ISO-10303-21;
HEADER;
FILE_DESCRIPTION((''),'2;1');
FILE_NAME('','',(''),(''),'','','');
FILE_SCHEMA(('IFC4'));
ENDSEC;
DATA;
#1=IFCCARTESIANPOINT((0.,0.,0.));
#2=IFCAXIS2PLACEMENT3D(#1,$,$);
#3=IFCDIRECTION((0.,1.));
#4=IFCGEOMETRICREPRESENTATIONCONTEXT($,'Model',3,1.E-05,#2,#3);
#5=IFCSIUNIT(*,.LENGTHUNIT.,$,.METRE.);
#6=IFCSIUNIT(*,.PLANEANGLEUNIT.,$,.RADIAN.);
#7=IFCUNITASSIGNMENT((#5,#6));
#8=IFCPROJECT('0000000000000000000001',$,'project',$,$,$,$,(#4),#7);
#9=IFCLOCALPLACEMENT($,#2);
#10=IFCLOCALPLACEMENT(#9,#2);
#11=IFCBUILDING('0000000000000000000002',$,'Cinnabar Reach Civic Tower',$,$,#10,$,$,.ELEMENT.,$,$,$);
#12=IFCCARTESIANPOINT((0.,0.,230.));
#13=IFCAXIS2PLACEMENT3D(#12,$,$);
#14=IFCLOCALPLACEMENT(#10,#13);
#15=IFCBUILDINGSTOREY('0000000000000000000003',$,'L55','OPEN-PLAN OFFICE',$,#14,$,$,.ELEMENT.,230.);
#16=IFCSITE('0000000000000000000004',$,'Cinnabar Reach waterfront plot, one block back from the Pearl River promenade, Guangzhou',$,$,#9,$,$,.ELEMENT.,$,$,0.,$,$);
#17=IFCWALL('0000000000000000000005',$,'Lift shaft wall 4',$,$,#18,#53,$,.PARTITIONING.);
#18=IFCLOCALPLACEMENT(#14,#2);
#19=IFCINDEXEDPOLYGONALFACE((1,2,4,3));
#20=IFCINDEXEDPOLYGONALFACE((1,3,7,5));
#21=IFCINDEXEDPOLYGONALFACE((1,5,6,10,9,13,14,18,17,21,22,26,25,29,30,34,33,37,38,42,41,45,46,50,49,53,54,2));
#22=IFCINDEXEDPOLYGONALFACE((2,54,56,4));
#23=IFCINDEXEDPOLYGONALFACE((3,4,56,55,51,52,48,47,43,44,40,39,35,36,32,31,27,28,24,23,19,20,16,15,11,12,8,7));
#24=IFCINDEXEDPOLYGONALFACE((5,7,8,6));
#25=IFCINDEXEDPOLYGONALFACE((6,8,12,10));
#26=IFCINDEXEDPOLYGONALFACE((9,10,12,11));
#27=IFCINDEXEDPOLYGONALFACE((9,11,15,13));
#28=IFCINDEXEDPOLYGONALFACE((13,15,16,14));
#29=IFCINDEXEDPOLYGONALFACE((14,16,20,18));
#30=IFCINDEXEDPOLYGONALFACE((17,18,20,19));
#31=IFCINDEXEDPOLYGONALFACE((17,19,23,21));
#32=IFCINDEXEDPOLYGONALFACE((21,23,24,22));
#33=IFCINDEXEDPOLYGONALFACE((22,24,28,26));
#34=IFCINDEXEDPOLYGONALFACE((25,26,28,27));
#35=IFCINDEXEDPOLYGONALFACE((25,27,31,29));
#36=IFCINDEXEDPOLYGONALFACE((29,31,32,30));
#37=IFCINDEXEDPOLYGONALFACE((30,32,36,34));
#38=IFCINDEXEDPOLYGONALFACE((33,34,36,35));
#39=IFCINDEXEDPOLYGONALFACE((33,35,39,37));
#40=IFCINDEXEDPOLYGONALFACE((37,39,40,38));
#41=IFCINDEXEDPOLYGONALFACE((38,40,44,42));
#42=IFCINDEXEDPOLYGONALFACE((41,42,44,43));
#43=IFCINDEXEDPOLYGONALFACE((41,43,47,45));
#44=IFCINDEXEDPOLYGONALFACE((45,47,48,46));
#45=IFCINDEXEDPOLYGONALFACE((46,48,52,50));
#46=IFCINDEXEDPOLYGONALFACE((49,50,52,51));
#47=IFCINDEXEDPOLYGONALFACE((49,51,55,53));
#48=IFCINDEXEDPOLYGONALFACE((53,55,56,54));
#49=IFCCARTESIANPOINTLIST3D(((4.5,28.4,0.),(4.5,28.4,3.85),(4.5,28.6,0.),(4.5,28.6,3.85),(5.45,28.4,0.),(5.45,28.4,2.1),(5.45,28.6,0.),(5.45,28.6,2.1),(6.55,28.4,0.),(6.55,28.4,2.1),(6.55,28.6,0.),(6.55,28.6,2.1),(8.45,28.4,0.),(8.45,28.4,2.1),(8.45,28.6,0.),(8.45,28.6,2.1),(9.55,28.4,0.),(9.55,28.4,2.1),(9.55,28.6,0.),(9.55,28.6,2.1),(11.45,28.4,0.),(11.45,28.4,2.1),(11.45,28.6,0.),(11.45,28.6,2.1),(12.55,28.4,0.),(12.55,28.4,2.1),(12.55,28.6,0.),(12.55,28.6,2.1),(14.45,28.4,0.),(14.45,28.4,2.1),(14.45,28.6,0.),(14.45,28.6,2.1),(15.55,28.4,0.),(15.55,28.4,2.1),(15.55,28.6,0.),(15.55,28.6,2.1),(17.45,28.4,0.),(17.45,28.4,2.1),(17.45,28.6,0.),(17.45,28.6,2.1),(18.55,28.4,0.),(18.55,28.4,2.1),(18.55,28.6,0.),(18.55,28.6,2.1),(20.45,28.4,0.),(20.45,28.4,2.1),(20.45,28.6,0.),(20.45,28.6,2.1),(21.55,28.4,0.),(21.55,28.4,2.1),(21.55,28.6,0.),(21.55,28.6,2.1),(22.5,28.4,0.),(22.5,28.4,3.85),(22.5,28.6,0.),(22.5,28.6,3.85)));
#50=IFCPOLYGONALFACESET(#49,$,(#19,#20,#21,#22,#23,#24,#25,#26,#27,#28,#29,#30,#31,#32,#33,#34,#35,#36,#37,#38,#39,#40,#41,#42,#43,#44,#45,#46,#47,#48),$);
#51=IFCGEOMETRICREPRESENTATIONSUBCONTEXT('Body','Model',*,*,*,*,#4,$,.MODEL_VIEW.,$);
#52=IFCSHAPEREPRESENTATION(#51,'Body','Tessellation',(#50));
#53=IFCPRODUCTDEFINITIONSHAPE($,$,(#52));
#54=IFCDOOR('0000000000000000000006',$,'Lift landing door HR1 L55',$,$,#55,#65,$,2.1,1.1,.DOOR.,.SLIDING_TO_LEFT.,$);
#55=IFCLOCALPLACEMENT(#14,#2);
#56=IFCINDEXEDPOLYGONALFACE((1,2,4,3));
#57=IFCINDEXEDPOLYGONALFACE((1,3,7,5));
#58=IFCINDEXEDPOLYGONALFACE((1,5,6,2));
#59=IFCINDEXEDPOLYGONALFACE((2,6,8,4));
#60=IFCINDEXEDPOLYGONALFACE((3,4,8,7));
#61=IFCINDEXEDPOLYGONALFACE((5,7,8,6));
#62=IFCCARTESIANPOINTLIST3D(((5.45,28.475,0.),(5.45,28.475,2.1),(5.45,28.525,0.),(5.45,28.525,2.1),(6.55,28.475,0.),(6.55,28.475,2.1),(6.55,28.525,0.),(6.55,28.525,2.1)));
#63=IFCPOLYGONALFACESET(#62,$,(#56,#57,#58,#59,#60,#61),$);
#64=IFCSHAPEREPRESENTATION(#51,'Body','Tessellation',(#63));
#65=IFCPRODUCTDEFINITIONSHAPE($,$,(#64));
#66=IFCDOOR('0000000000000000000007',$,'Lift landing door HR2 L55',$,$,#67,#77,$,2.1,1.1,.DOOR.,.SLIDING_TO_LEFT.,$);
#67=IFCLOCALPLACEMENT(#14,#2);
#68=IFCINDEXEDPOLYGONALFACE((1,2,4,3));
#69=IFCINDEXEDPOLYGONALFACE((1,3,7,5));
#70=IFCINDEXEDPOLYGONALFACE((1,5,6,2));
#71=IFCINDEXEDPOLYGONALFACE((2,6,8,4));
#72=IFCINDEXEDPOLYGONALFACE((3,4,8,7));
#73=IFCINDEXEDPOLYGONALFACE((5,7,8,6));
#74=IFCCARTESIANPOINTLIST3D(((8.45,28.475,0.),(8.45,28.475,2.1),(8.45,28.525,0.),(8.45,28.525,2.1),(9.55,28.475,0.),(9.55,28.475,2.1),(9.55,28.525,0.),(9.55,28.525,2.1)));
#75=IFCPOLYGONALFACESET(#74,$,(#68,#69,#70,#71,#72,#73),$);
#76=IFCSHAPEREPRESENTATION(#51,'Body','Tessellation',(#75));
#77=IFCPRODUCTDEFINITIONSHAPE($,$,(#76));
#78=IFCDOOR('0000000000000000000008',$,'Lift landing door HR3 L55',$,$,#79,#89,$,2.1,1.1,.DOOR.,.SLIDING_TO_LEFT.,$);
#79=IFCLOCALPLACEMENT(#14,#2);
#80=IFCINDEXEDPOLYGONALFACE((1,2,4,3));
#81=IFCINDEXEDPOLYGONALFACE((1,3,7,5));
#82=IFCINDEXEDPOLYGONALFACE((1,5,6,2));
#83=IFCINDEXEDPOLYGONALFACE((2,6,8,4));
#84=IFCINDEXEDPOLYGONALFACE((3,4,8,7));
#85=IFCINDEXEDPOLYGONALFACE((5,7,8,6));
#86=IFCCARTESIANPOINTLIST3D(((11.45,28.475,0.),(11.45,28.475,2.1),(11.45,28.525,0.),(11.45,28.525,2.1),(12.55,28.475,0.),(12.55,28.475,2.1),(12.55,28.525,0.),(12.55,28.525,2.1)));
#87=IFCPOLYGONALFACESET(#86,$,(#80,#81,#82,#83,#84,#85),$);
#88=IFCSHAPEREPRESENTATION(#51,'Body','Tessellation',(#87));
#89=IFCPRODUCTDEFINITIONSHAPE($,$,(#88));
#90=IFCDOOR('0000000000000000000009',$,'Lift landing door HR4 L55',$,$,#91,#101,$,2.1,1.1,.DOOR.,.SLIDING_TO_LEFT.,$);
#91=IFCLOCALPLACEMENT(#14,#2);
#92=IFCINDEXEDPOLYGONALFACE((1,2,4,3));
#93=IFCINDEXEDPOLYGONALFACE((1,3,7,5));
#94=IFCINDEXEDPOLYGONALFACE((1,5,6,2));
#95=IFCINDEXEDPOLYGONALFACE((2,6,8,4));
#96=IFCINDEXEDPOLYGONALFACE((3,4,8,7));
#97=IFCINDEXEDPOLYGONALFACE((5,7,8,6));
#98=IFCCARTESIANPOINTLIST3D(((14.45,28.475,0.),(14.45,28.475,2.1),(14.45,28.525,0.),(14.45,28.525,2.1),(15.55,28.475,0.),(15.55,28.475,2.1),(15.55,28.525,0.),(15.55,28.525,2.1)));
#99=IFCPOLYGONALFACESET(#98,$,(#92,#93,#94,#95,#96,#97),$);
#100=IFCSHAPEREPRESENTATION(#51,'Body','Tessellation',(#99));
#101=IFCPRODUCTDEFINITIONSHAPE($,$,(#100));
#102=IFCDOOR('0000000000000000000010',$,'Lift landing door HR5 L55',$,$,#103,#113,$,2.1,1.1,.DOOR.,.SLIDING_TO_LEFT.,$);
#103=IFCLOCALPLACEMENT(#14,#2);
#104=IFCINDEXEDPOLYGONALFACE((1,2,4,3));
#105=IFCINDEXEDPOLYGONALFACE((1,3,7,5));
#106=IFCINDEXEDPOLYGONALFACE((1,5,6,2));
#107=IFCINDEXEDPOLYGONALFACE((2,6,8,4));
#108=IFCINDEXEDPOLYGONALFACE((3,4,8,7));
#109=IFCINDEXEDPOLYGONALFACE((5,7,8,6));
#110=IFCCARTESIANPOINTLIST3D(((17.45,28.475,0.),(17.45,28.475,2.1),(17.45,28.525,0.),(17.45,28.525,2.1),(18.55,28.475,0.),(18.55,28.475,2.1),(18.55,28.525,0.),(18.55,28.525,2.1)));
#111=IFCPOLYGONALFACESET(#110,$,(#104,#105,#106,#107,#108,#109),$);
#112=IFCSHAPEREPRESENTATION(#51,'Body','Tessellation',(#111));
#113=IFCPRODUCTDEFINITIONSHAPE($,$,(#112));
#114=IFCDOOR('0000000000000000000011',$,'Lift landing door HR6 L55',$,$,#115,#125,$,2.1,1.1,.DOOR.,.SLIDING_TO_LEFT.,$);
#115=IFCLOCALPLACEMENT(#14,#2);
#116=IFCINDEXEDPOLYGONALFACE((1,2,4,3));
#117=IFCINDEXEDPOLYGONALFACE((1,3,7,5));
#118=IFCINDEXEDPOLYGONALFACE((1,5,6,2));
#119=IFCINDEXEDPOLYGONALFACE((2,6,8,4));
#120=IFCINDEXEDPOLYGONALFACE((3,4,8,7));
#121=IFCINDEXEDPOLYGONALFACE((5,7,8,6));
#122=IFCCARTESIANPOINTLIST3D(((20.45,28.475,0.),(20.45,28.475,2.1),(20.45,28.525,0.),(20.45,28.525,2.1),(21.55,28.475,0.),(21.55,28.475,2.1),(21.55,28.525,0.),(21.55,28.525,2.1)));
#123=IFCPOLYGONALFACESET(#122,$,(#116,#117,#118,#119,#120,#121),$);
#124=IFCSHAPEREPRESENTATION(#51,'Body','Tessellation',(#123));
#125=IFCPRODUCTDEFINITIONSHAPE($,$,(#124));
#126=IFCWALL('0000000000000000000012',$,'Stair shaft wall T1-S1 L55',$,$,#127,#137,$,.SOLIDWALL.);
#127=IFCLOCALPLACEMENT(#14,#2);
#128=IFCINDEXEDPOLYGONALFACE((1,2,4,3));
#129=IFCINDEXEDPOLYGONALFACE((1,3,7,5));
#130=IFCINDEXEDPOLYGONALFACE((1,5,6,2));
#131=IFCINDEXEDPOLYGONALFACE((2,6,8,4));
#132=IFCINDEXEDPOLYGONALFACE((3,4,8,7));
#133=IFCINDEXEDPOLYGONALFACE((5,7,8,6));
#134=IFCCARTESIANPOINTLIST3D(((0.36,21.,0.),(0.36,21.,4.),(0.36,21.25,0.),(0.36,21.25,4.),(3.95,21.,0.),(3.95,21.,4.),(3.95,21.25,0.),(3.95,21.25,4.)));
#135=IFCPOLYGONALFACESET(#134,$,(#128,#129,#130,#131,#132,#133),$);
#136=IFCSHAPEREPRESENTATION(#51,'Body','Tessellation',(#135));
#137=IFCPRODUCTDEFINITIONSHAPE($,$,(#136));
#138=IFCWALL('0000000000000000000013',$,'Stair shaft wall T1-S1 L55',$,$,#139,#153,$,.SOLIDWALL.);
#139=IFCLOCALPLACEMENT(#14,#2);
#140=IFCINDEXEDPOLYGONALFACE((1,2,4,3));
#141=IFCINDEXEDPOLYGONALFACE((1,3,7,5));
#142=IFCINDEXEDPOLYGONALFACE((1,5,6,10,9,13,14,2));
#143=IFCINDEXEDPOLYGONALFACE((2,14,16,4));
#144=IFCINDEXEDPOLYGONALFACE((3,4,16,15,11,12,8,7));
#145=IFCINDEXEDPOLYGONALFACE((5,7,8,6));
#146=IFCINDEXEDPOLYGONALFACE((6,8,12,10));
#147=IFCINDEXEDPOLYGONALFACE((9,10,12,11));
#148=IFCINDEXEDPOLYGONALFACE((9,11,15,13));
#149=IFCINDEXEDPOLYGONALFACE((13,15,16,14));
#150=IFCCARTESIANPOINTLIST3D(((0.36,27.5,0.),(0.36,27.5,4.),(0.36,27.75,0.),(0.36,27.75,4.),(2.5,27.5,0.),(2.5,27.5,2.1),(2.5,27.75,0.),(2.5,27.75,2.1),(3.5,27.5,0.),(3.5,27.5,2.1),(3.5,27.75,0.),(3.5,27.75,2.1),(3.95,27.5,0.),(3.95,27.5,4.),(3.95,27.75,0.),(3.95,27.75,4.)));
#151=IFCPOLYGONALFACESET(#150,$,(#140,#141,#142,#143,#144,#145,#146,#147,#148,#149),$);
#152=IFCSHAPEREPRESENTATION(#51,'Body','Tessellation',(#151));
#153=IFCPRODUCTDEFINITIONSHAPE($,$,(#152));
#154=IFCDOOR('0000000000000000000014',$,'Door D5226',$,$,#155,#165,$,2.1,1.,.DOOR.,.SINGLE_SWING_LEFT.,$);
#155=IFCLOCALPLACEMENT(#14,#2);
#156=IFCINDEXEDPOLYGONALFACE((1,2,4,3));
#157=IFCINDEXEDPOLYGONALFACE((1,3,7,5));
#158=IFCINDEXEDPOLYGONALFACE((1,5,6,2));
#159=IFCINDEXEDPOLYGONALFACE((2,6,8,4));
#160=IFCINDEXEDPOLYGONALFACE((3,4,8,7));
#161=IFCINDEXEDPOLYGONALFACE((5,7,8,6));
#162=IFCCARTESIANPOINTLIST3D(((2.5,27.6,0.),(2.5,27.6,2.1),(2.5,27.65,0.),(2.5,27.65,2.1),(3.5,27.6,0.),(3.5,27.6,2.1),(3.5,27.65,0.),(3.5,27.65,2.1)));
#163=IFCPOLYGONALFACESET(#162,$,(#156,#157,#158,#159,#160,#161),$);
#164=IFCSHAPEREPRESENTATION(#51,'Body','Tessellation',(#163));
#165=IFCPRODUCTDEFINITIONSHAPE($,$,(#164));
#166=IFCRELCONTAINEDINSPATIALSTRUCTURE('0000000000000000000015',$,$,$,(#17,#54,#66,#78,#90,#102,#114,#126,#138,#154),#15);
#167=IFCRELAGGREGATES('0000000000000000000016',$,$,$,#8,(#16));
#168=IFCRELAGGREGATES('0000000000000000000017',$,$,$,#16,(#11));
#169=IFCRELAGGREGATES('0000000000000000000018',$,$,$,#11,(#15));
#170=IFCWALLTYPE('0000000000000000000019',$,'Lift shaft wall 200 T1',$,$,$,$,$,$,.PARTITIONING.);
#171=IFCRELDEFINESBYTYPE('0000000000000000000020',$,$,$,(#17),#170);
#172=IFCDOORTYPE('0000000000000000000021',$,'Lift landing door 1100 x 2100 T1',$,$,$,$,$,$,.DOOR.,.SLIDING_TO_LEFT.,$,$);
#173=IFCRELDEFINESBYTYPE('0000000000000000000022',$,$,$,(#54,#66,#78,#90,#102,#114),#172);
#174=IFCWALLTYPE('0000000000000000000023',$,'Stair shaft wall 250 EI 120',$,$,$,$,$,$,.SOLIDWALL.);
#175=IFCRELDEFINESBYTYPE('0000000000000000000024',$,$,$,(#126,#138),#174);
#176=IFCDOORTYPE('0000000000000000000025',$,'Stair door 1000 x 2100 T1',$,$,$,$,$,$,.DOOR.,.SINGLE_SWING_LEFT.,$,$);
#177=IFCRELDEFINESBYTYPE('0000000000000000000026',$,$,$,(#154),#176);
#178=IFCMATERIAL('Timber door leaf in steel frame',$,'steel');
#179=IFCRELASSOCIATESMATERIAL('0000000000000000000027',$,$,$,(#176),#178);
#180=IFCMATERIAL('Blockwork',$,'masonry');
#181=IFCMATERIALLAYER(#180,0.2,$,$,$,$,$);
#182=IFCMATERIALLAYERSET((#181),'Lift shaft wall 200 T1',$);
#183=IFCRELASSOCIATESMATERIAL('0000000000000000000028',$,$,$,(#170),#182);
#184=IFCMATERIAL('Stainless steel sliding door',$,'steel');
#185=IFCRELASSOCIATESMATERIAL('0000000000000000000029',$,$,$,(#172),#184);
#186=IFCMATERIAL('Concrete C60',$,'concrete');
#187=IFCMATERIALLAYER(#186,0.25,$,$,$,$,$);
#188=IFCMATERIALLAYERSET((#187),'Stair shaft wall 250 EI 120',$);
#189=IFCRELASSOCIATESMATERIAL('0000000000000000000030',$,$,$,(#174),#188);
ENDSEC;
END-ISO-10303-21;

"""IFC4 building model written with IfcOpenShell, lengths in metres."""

from ifc_helpers import new_model, si_unit, direction, frame, frame_2d, origin, place, context, subcontext, project, spatial, rectangle, extrude, material, layer, layer_set, type_object, element, fill, save


model = new_model("IFC4")

# Units and contexts
model_context = context("Model", 3, precision=1e-05, world=origin(), true_north=direction((0.0, 1.0)))
body_context = subcontext(model_context, "Body", "Model", "MODEL_VIEW")
ifc_project = project(units=[si_unit("LENGTHUNIT", "METRE"), si_unit("PLANEANGLEUNIT", "RADIAN")], contexts=[model_context])

# Site, building, storey
site_placement = place(None, origin())
site = spatial("IfcSite", under=ifc_project, at=site_placement, Name="Cinnabar Reach waterfront plot, one block back from the Pearl River promenade, Guangzhou", CompositionType="ELEMENT", RefElevation=0.0)
building_placement = place(site_placement, origin())
building = spatial("IfcBuilding", under=site, at=building_placement, Name="Cinnabar Reach Civic Tower", CompositionType="ELEMENT")
storey_placement = place(building_placement, frame((0.0, 0.0, 230.0)))
storey = spatial("IfcBuildingStorey", under=building, at=storey_placement, Name="L55", Description="OPEN-PLAN OFFICE", CompositionType="ELEMENT", Elevation=230.0)

# Shared definitions
ifc_material_1 = material(Name="Concrete C60", Category="concrete")

# Shared definitions
ifc_material_2 = material(Name="Timber door leaf in steel frame", Category="steel")
door_type_1 = type_object("IfcDoorType", Name="Stair door 1000 x 2100 T1", OperationType="SINGLE_SWING_LEFT", PredefinedType="DOOR", material=ifc_material_2)

# Wall, openings, doors
ifc_material_3 = material(Name="Blockwork", Category="masonry")
ifc_layer_1 = layer(ifc_material_3, 0.2)
ifc_layer_set_1 = layer_set([ifc_layer_1], Name="Lift shaft wall 200 T1")
wall_type_1 = type_object("IfcWallType", Name="Lift shaft wall 200 T1", PredefinedType="PARTITIONING", material=ifc_layer_set_1)
wall_1_placement = place(storey_placement, frame((4.5, 28.5, 0.0), z_axis=(0.0, 0.0, 1.0), x_axis=(1.0, 0.0, 0.0)))
wall_1 = element("IfcWall", 1, at=wall_1_placement, inside=storey, type_object=wall_type_1, Name="Lift shaft wall 4", PredefinedType="PARTITIONING", context=body_context, shape_type="SweptSolid", body=[
    extrude(rectangle(XDim=18.0, YDim=0.2, at=frame_2d((9.0, 0.0))), origin(), (0.0, 0.0, 1.0), 3.85),
])
opening_1_placement = place(wall_1_placement, frame((0.95, 0.0, 0.0)))
opening_1 = element("IfcOpeningElement", 2, at=opening_1_placement, cuts=wall_1, PredefinedType="OPENING", context=body_context, shape_type="SweptSolid", body=[
    extrude(rectangle(XDim=1.1, YDim=2.1, at=frame_2d((0.55, 1.05))), frame((0.0, 0.11, 0.0), z_axis=(0.0, -1.0, 0.0), x_axis=(1.0, 0.0, 0.0)), (0.0, 0.0, 1.0), 0.22),
])
opening_2_placement = place(wall_1_placement, frame((3.95, 0.0, 0.0)))
opening_2 = element("IfcOpeningElement", 3, at=opening_2_placement, cuts=wall_1, PredefinedType="OPENING", context=body_context, shape_type="SweptSolid", body=[
    extrude(rectangle(XDim=1.1, YDim=2.1, at=frame_2d((0.55, 1.05))), frame((0.0, 0.11, 0.0), z_axis=(0.0, -1.0, 0.0), x_axis=(1.0, 0.0, 0.0)), (0.0, 0.0, 1.0), 0.22),
])
opening_3_placement = place(wall_1_placement, frame((6.95, 0.0, 0.0)))
opening_3 = element("IfcOpeningElement", 4, at=opening_3_placement, cuts=wall_1, PredefinedType="OPENING", context=body_context, shape_type="SweptSolid", body=[
    extrude(rectangle(XDim=1.1, YDim=2.1, at=frame_2d((0.55, 1.05))), frame((0.0, 0.11, 0.0), z_axis=(0.0, -1.0, 0.0), x_axis=(1.0, 0.0, 0.0)), (0.0, 0.0, 1.0), 0.22),
])
opening_4_placement = place(wall_1_placement, frame((9.95, 0.0, 0.0)))
opening_4 = element("IfcOpeningElement", 5, at=opening_4_placement, cuts=wall_1, PredefinedType="OPENING", context=body_context, shape_type="SweptSolid", body=[
    extrude(rectangle(XDim=1.1, YDim=2.1, at=frame_2d((0.55, 1.05))), frame((0.0, 0.11, 0.0), z_axis=(0.0, -1.0, 0.0), x_axis=(1.0, 0.0, 0.0)), (0.0, 0.0, 1.0), 0.22),
])
opening_5_placement = place(wall_1_placement, frame((12.95, 0.0, 0.0)))
opening_5 = element("IfcOpeningElement", 6, at=opening_5_placement, cuts=wall_1, PredefinedType="OPENING", context=body_context, shape_type="SweptSolid", body=[
    extrude(rectangle(XDim=1.1, YDim=2.1, at=frame_2d((0.55, 1.05))), frame((0.0, 0.11, 0.0), z_axis=(0.0, -1.0, 0.0), x_axis=(1.0, 0.0, 0.0)), (0.0, 0.0, 1.0), 0.22),
])
opening_6_placement = place(wall_1_placement, frame((15.95, 0.0, 0.0)))
opening_6 = element("IfcOpeningElement", 7, at=opening_6_placement, cuts=wall_1, PredefinedType="OPENING", context=body_context, shape_type="SweptSolid", body=[
    extrude(rectangle(XDim=1.1, YDim=2.1, at=frame_2d((0.55, 1.05))), frame((0.0, 0.11, 0.0), z_axis=(0.0, -1.0, 0.0), x_axis=(1.0, 0.0, 0.0)), (0.0, 0.0, 1.0), 0.22),
])
ifc_material_4 = material(Name="Stainless steel sliding door", Category="steel")
door_type_2 = type_object("IfcDoorType", Name="Lift landing door 1100 x 2100 T1", OperationType="SLIDING_TO_LEFT", PredefinedType="DOOR", material=ifc_material_4)
door_1_placement = place(opening_1_placement, origin())
door_1 = element("IfcDoor", 8, at=door_1_placement, inside=storey, type_object=door_type_2, Name="Lift landing door HR1 L55", OperationType="SLIDING_TO_LEFT", OverallHeight=2.1, OverallWidth=1.1, PredefinedType="DOOR", context=body_context, shape_type="SweptSolid", body=[
    extrude(rectangle(XDim=1.1, YDim=2.1, at=frame_2d((0.55, 1.05))), frame((0.0, 0.025, 0.0), z_axis=(0.0, -1.0, 0.0), x_axis=(1.0, 0.0, 0.0)), (0.0, 0.0, 1.0), 0.05),
])
fill(opening_1, door_1)
door_2_placement = place(opening_2_placement, origin())
door_2 = element("IfcDoor", 9, at=door_2_placement, inside=storey, type_object=door_type_2, Name="Lift landing door HR2 L55", OperationType="SLIDING_TO_LEFT", OverallHeight=2.1, OverallWidth=1.1, PredefinedType="DOOR", context=body_context, shape_type="SweptSolid", body=[
    extrude(rectangle(XDim=1.1, YDim=2.1, at=frame_2d((0.55, 1.05))), frame((0.0, 0.025, 0.0), z_axis=(0.0, -1.0, 0.0), x_axis=(1.0, 0.0, 0.0)), (0.0, 0.0, 1.0), 0.05),
])
fill(opening_2, door_2)
door_3_placement = place(opening_3_placement, origin())
door_3 = element("IfcDoor", 10, at=door_3_placement, inside=storey, type_object=door_type_2, Name="Lift landing door HR3 L55", OperationType="SLIDING_TO_LEFT", OverallHeight=2.1, OverallWidth=1.1, PredefinedType="DOOR", context=body_context, shape_type="SweptSolid", body=[
    extrude(rectangle(XDim=1.1, YDim=2.1, at=frame_2d((0.55, 1.05))), frame((0.0, 0.025, 0.0), z_axis=(0.0, -1.0, 0.0), x_axis=(1.0, 0.0, 0.0)), (0.0, 0.0, 1.0), 0.05),
])
fill(opening_3, door_3)
door_4_placement = place(opening_4_placement, origin())
door_4 = element("IfcDoor", 11, at=door_4_placement, inside=storey, type_object=door_type_2, Name="Lift landing door HR4 L55", OperationType="SLIDING_TO_LEFT", OverallHeight=2.1, OverallWidth=1.1, PredefinedType="DOOR", context=body_context, shape_type="SweptSolid", body=[
    extrude(rectangle(XDim=1.1, YDim=2.1, at=frame_2d((0.55, 1.05))), frame((0.0, 0.025, 0.0), z_axis=(0.0, -1.0, 0.0), x_axis=(1.0, 0.0, 0.0)), (0.0, 0.0, 1.0), 0.05),
])
fill(opening_4, door_4)
door_5_placement = place(opening_5_placement, origin())
door_5 = element("IfcDoor", 12, at=door_5_placement, inside=storey, type_object=door_type_2, Name="Lift landing door HR5 L55", OperationType="SLIDING_TO_LEFT", OverallHeight=2.1, OverallWidth=1.1, PredefinedType="DOOR", context=body_context, shape_type="SweptSolid", body=[
    extrude(rectangle(XDim=1.1, YDim=2.1, at=frame_2d((0.55, 1.05))), frame((0.0, 0.025, 0.0), z_axis=(0.0, -1.0, 0.0), x_axis=(1.0, 0.0, 0.0)), (0.0, 0.0, 1.0), 0.05),
])
fill(opening_5, door_5)
door_6_placement = place(opening_6_placement, origin())
door_6 = element("IfcDoor", 13, at=door_6_placement, inside=storey, type_object=door_type_2, Name="Lift landing door HR6 L55", OperationType="SLIDING_TO_LEFT", OverallHeight=2.1, OverallWidth=1.1, PredefinedType="DOOR", context=body_context, shape_type="SweptSolid", body=[
    extrude(rectangle(XDim=1.1, YDim=2.1, at=frame_2d((0.55, 1.05))), frame((0.0, 0.025, 0.0), z_axis=(0.0, -1.0, 0.0), x_axis=(1.0, 0.0, 0.0)), (0.0, 0.0, 1.0), 0.05),
])
fill(opening_6, door_6)

# Wall
ifc_layer_2 = layer(ifc_material_1, 0.25)
ifc_layer_set_2 = layer_set([ifc_layer_2], Name="Stair shaft wall 250 EI 120")
wall_type_2 = type_object("IfcWallType", Name="Stair shaft wall 250 EI 120", PredefinedType="SOLIDWALL", material=ifc_layer_set_2)
wall_2_placement = place(storey_placement, frame((0.36, 21.125, 0.0), z_axis=(0.0, 0.0, 1.0), x_axis=(1.0, 0.0, 0.0)))
element("IfcWall", 14, at=wall_2_placement, inside=storey, type_object=wall_type_2, Name="Stair shaft wall T1-S1 L55", PredefinedType="SOLIDWALL", context=body_context, shape_type="SweptSolid", body=[
    extrude(rectangle(XDim=3.59, YDim=0.25, at=frame_2d((1.795, 0.0))), origin(), (0.0, 0.0, 1.0), 4.0),
])

# Wall, opening, door
wall_3_placement = place(storey_placement, frame((3.95, 27.625, 0.0), z_axis=(0.0, 0.0, 1.0), x_axis=(-1.0, 0.0, 0.0)))
wall_3 = element("IfcWall", 15, at=wall_3_placement, inside=storey, type_object=wall_type_2, Name="Stair shaft wall T1-S1 L55", PredefinedType="SOLIDWALL", context=body_context, shape_type="SweptSolid", body=[
    extrude(rectangle(XDim=3.59, YDim=0.25, at=frame_2d((1.795, 0.0))), origin(), (0.0, 0.0, 1.0), 4.0),
])
opening_7_placement = place(wall_3_placement, frame((0.45, 0.0, 0.0)))
opening_7 = element("IfcOpeningElement", 16, at=opening_7_placement, cuts=wall_3, PredefinedType="OPENING", context=body_context, shape_type="SweptSolid", body=[
    extrude(rectangle(XDim=1.0, YDim=2.1, at=frame_2d((0.5, 1.05))), frame((0.0, 0.135, 0.0), z_axis=(0.0, -1.0, 0.0), x_axis=(1.0, 0.0, 0.0)), (0.0, 0.0, 1.0), 0.27),
])
door_7_placement = place(opening_7_placement, origin())
door_7 = element("IfcDoor", 17, at=door_7_placement, inside=storey, type_object=door_type_1, Name="Door D5226", OperationType="SINGLE_SWING_LEFT", OverallHeight=2.1, OverallWidth=1.0, PredefinedType="DOOR", context=body_context, shape_type="SweptSolid", body=[
    extrude(rectangle(XDim=1.0, YDim=2.1, at=frame_2d((0.5, 1.05))), frame((0.0, 0.025, 0.0), z_axis=(0.0, -1.0, 0.0), x_axis=(1.0, 0.0, 0.0)), (0.0, 0.0, 1.0), 0.05),
])
fill(opening_7, door_7)

save(model, "model.ifc")
